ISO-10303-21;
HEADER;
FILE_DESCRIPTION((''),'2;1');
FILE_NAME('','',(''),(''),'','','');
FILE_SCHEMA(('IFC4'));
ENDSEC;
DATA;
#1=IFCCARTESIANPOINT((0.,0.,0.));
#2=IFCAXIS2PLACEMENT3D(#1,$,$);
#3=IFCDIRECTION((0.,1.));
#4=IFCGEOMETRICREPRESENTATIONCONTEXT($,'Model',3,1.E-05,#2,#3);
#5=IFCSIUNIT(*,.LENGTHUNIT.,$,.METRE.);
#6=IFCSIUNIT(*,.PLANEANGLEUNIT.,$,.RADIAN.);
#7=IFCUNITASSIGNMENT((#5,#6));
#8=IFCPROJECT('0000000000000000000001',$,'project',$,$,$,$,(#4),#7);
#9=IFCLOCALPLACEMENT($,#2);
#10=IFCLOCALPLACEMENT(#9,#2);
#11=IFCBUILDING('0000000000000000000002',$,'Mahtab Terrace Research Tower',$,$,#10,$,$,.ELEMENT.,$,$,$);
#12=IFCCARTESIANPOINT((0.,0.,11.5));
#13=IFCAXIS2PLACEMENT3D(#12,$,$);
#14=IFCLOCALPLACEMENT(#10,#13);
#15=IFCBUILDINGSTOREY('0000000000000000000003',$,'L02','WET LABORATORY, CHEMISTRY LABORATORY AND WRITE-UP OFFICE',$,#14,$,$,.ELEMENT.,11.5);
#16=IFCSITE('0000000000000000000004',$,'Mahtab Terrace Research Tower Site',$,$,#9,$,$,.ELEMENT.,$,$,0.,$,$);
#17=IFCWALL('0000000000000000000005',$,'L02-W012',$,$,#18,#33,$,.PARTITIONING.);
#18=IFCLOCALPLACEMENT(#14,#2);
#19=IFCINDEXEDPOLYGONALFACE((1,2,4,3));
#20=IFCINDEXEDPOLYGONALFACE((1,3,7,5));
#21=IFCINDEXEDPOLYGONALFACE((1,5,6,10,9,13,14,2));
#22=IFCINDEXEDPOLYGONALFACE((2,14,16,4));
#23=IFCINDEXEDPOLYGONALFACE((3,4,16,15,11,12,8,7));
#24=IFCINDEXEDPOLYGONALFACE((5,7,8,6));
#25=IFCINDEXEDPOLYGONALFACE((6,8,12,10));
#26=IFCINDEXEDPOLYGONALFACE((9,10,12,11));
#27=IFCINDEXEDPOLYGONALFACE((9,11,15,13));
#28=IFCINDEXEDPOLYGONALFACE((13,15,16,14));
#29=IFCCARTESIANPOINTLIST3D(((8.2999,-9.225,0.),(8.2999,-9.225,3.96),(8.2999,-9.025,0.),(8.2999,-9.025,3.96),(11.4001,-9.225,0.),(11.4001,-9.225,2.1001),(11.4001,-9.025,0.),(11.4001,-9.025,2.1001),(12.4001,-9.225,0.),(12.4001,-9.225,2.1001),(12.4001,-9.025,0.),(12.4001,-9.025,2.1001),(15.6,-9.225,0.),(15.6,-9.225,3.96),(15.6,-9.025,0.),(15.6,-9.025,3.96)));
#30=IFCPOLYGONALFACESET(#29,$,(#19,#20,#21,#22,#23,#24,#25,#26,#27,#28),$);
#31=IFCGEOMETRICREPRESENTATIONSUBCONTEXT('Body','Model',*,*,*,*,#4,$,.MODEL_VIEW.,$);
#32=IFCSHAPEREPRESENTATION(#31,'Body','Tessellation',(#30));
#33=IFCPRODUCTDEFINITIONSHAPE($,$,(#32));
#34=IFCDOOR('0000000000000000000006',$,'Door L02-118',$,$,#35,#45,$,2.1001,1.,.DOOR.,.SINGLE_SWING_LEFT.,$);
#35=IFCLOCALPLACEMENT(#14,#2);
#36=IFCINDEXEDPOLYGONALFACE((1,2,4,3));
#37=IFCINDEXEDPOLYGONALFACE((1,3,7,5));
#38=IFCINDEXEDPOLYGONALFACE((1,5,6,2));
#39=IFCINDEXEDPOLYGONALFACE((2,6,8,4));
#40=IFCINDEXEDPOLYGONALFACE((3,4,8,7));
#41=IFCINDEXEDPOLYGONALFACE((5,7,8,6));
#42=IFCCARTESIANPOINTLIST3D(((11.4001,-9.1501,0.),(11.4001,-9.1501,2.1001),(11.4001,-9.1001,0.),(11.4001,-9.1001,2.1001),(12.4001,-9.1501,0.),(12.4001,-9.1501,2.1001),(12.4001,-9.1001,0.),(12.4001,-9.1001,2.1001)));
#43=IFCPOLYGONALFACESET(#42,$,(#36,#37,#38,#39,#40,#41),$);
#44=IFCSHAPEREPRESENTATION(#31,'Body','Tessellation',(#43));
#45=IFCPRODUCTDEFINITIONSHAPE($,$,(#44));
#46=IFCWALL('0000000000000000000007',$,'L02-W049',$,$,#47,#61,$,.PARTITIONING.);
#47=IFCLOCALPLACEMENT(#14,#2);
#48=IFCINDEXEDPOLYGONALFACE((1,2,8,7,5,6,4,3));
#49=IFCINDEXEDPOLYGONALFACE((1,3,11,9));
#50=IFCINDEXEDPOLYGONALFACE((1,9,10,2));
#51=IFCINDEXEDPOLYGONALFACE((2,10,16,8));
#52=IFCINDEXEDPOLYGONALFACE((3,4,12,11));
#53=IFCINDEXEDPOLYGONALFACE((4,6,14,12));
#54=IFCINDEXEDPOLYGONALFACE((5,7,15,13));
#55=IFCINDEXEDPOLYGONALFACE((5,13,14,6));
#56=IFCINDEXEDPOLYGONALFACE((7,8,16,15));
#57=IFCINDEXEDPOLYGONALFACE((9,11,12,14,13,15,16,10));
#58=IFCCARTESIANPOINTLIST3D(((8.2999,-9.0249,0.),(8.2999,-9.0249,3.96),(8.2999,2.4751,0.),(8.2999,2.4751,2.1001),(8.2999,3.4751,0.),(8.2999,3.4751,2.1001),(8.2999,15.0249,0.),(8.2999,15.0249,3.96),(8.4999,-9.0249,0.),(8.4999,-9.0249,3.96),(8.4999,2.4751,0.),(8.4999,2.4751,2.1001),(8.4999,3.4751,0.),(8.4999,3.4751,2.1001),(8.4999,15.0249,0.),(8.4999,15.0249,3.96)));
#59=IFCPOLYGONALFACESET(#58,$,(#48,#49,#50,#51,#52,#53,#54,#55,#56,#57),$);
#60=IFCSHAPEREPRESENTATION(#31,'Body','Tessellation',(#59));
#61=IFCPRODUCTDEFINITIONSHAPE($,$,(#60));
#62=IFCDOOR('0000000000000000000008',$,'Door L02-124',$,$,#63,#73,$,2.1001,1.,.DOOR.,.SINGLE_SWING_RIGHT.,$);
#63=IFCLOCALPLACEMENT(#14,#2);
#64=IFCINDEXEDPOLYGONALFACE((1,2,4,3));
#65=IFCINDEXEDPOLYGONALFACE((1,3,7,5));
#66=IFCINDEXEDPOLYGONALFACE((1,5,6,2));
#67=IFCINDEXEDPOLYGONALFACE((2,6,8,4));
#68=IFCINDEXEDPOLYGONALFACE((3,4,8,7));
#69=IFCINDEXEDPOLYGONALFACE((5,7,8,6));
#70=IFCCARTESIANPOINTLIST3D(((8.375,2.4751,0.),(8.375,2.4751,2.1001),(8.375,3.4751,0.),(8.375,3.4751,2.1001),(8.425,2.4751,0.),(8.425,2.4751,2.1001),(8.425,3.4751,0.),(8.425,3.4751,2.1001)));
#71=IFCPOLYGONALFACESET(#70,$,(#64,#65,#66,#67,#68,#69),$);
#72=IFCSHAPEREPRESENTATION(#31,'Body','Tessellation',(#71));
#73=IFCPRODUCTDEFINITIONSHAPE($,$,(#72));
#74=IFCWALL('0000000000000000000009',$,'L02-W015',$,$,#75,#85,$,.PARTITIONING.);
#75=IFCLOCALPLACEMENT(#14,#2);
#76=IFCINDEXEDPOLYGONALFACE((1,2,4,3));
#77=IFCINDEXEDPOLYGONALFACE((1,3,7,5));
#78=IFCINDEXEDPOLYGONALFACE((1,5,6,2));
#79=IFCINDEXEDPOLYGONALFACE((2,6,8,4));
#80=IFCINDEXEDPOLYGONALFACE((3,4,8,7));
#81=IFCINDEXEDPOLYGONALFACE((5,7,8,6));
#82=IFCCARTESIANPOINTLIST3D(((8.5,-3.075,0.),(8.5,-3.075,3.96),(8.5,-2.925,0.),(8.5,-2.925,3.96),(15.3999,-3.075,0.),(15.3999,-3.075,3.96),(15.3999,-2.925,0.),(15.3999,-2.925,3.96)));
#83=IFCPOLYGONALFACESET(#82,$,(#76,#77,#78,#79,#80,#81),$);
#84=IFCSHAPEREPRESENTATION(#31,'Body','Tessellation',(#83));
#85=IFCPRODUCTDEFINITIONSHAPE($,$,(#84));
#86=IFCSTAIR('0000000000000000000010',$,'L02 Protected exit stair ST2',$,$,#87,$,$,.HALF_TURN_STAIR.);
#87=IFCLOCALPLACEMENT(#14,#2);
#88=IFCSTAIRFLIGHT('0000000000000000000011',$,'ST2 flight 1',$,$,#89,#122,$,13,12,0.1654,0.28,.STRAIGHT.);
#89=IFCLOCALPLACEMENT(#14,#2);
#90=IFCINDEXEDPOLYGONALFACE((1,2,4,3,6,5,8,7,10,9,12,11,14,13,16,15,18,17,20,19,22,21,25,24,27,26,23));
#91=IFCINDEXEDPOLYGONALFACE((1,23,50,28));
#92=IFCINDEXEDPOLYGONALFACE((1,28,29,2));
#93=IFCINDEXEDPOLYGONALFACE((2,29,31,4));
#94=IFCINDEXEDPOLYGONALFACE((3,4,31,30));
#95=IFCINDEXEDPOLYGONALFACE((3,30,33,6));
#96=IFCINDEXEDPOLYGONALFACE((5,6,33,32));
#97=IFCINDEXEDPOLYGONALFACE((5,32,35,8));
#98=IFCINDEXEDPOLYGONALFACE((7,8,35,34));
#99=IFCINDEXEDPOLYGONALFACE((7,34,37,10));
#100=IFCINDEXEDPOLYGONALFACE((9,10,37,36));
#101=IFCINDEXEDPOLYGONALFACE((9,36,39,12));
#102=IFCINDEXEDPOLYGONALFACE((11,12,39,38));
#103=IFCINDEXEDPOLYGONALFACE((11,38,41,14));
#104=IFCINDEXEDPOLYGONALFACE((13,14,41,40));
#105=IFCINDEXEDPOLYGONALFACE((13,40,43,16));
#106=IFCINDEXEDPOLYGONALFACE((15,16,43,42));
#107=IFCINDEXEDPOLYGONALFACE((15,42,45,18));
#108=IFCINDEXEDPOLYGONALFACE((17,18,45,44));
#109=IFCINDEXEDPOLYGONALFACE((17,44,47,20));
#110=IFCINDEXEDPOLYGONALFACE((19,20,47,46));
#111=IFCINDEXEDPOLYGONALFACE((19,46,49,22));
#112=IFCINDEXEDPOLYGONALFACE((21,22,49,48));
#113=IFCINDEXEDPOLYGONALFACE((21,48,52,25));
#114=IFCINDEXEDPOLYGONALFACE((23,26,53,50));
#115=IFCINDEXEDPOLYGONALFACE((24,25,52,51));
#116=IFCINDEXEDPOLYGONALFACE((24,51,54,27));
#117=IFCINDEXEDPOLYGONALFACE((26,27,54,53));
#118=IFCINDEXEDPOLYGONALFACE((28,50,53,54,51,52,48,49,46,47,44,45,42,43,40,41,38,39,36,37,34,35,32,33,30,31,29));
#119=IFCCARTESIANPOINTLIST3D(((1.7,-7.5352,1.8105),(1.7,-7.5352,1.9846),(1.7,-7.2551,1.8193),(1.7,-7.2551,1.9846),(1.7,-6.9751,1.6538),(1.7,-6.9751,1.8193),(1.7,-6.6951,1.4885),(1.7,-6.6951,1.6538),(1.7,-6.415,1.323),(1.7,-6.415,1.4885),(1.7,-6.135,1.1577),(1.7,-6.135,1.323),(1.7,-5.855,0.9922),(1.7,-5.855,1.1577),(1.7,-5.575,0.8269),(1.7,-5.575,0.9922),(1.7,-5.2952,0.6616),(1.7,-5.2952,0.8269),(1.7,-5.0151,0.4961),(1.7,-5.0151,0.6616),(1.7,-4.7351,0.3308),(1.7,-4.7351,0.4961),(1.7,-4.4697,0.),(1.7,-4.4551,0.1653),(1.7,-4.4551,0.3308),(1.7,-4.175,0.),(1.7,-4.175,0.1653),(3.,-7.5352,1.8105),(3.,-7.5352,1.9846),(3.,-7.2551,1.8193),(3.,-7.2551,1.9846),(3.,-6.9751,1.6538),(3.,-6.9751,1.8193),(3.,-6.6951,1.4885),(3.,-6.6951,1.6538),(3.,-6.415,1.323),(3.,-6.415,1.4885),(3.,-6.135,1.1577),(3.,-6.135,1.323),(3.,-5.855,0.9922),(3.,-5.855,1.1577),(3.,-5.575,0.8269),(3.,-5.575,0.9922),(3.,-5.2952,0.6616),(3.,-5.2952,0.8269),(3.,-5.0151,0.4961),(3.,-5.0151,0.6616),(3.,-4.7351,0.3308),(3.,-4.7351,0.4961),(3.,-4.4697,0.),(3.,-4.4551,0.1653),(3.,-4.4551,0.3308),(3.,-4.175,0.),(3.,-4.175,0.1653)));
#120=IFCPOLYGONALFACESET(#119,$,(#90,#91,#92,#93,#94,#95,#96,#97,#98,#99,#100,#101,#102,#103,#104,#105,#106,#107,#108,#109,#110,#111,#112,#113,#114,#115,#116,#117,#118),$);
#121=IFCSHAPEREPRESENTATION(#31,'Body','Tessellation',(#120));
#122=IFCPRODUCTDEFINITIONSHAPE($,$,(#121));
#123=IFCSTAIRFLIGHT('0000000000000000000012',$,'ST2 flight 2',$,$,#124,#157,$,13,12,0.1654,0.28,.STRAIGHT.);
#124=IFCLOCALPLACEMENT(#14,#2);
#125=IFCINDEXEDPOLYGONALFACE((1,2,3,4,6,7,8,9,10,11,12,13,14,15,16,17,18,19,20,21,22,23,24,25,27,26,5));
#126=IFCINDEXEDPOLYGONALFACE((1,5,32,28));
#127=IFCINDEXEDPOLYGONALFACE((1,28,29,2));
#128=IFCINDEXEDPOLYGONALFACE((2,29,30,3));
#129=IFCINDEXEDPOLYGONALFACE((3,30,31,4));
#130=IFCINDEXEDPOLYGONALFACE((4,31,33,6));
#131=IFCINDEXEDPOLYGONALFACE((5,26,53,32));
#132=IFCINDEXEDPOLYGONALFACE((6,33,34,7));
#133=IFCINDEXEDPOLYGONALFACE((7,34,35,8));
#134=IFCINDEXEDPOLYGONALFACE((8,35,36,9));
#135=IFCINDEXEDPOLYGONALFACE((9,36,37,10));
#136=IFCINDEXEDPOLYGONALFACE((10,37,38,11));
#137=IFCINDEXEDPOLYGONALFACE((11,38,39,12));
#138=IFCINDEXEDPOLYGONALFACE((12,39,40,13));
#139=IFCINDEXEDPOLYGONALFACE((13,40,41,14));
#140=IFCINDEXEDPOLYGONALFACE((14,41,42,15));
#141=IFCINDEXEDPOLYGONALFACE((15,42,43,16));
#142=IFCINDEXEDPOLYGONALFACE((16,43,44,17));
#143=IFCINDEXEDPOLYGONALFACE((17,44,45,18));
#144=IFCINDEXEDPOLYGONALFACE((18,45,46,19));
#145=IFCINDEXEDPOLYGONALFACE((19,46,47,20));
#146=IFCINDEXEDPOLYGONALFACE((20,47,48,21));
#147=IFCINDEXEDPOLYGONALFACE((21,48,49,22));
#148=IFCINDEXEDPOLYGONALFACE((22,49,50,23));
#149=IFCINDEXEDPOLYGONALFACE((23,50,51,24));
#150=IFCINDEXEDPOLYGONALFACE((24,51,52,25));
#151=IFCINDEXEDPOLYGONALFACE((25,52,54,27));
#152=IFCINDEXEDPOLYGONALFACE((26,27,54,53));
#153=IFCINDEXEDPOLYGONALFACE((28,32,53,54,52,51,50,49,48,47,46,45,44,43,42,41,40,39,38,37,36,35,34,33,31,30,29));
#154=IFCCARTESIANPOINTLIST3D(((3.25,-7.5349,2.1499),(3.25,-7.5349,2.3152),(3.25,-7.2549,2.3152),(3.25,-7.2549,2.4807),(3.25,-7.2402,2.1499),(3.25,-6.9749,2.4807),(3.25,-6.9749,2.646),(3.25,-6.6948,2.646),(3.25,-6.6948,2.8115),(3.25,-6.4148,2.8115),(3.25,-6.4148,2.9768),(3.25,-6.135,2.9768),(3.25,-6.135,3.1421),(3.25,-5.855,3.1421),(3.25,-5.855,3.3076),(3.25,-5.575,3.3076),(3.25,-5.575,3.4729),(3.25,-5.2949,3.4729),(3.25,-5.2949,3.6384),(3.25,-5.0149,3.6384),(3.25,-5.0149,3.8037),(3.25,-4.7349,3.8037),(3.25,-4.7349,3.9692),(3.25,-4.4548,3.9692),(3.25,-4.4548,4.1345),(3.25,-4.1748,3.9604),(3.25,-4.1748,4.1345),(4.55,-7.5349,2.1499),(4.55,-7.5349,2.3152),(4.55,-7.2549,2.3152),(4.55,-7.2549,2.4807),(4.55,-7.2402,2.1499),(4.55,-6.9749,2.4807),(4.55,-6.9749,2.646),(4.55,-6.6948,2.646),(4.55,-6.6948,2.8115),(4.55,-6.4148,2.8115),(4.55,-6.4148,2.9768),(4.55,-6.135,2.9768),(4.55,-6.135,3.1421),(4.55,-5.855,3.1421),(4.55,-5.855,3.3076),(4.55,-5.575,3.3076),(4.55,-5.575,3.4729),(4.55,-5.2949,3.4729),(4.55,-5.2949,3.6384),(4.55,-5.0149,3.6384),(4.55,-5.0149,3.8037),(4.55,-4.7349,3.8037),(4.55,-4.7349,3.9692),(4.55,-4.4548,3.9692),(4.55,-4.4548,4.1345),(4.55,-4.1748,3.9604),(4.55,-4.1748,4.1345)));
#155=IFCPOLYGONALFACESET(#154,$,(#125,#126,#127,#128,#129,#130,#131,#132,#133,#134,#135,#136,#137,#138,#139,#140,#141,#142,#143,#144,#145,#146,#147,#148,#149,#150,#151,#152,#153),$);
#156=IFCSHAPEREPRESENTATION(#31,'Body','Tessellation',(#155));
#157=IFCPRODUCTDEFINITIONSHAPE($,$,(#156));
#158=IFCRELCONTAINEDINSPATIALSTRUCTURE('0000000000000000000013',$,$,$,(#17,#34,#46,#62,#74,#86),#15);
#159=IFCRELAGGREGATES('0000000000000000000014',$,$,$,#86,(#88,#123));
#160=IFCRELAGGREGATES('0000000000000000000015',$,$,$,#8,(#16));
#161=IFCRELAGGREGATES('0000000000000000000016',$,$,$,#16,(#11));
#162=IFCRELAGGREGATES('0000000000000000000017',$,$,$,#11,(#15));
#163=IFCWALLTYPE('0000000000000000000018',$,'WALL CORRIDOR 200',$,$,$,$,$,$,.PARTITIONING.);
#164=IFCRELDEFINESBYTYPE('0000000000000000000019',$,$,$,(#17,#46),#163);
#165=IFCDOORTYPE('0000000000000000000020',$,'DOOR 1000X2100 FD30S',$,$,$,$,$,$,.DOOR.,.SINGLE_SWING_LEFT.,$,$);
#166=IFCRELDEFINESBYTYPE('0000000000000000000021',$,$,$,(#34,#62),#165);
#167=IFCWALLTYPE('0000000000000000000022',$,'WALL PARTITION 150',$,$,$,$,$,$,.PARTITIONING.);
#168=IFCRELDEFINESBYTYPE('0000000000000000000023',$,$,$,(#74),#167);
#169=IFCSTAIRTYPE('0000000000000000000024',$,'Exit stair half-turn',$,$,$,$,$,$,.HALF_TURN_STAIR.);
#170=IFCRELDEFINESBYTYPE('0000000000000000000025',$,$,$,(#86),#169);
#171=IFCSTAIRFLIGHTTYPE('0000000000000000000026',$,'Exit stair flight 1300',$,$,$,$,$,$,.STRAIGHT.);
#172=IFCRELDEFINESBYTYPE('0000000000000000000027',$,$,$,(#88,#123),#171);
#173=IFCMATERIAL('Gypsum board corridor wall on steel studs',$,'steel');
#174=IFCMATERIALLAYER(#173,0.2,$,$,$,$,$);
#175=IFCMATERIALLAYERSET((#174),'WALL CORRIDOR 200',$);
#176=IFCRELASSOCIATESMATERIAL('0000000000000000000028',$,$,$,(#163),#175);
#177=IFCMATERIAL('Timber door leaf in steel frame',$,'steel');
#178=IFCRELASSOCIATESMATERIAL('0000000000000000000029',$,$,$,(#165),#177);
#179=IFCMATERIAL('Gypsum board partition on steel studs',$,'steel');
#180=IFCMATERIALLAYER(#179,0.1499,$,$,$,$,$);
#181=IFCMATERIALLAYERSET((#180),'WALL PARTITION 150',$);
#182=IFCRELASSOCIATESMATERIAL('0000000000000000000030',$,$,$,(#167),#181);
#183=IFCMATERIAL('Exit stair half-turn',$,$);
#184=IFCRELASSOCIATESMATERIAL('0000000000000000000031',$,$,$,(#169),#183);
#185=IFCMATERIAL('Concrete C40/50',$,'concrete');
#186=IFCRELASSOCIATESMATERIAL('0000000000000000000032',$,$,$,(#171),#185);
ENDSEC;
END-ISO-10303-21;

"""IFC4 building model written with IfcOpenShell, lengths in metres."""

from ifc_helpers import new_model, si_unit, direction, frame, frame_2d, origin, place, context, subcontext, project, spatial, polyline, rectangle, outline, extrude, material, layer, layer_set, type_object, element, fill, aggregate, save


model = new_model("IFC4")

# Units and contexts
model_context = context("Model", 3, precision=1e-05, world=origin(), true_north=direction((0.0, 1.0)))
body_context = subcontext(model_context, "Body", "Model", "MODEL_VIEW")
ifc_project = project(units=[si_unit("LENGTHUNIT", "METRE"), si_unit("PLANEANGLEUNIT", "RADIAN")], contexts=[model_context])

# Site, building, storey
site_placement = place(None, origin())
site = spatial("IfcSite", under=ifc_project, at=site_placement, Name="Mahtab Terrace Research Tower Site", CompositionType="ELEMENT", RefElevation=0.0)
building_placement = place(site_placement, origin())
building = spatial("IfcBuilding", under=site, at=building_placement, Name="Mahtab Terrace Research Tower", CompositionType="ELEMENT")
storey_placement = place(building_placement, frame((0.0, 0.0, 11.5)))
storey = spatial("IfcBuildingStorey", under=building, at=storey_placement, Name="L02", Description="WET LABORATORY, CHEMISTRY LABORATORY AND WRITE-UP OFFICE", CompositionType="ELEMENT", Elevation=11.5)

# Shared definitions
ifc_material_1 = material(Name="Gypsum board corridor wall on steel studs", Category="steel")
ifc_layer_1 = layer(ifc_material_1, 0.2)
ifc_layer_set_1 = layer_set([ifc_layer_1], Name="WALL CORRIDOR 200")
wall_type_1 = type_object("IfcWallType", Name="WALL CORRIDOR 200", PredefinedType="PARTITIONING", material=ifc_layer_set_1)
ifc_material_2 = material(Name="Timber door leaf in steel frame", Category="steel")

# Walls, openings, doors
wall_1_placement = place(storey_placement, frame((8.3, -9.125, 0.0), z_axis=(0.0, 0.0, 1.0), x_axis=(1.0, 0.0, 0.0)))
wall_1 = element("IfcWall", 1, at=wall_1_placement, inside=storey, type_object=wall_type_1, Name="L02-W012", PredefinedType="PARTITIONING", context=body_context, shape_type="SweptSolid", body=[
    extrude(rectangle(XDim=7.3, YDim=0.2, at=frame_2d((3.6499, 0.0))), origin(), (0.0, 0.0, 1.0), 3.96),
])
opening_1_placement = place(wall_1_placement, frame((3.1001, 0.0, 0.0)))
opening_1 = element("IfcOpeningElement", 2, at=opening_1_placement, cuts=wall_1, PredefinedType="OPENING", context=body_context, shape_type="SweptSolid", body=[
    extrude(rectangle(XDim=1.0, YDim=2.1001, at=frame_2d((0.5, 1.05))), frame((0.0, 0.1099, 0.0), z_axis=(0.0, -1.0, 0.0), x_axis=(1.0, 0.0, 0.0)), (0.0, 0.0, 1.0), 0.22),
])
door_type_1 = type_object("IfcDoorType", Name="DOOR 1000X2100 FD30S", OperationType="SINGLE_SWING_LEFT", PredefinedType="DOOR", material=ifc_material_2)
door_1_placement = place(opening_1_placement, origin())
door_1 = element("IfcDoor", 3, at=door_1_placement, inside=storey, type_object=door_type_1, Name="Door L02-118", OperationType="SINGLE_SWING_LEFT", OverallHeight=2.1001, OverallWidth=1.0, PredefinedType="DOOR", context=body_context, shape_type="SweptSolid", body=[
    extrude(rectangle(XDim=1.0, YDim=2.1001, at=frame_2d((0.5, 1.05))), frame((0.0, 0.0249, 0.0), z_axis=(0.0, -1.0, 0.0), x_axis=(1.0, 0.0, 0.0)), (0.0, 0.0, 1.0), 0.05),
])
fill(opening_1, door_1)
wall_2_placement = place(storey_placement, frame((8.3999, -9.0249, 0.0), z_axis=(0.0, 0.0, 1.0), x_axis=(0.0, 1.0, 0.0)))
wall_2 = element("IfcWall", 4, at=wall_2_placement, inside=storey, type_object=wall_type_1, Name="L02-W049", PredefinedType="PARTITIONING", context=body_context, shape_type="SweptSolid", body=[
    extrude(rectangle(XDim=24.0498, YDim=0.2, at=frame_2d((12.0249, 0.0))), origin(), (0.0, 0.0, 1.0), 3.96),
])
opening_2_placement = place(wall_2_placement, frame((11.5, 0.0, 0.0)))
opening_2 = element("IfcOpeningElement", 5, at=opening_2_placement, cuts=wall_2, PredefinedType="OPENING", context=body_context, shape_type="SweptSolid", body=[
    extrude(rectangle(XDim=1.0, YDim=2.1001, at=frame_2d((0.5, 1.05))), frame((0.0, 0.1099, 0.0), z_axis=(0.0, -1.0, 0.0), x_axis=(1.0, 0.0, 0.0)), (0.0, 0.0, 1.0), 0.22),
])
door_2_placement = place(opening_2_placement, origin())
door_2 = element("IfcDoor", 6, at=door_2_placement, inside=storey, type_object=door_type_1, Name="Door L02-124", OperationType="SINGLE_SWING_RIGHT", OverallHeight=2.1001, OverallWidth=1.0, PredefinedType="DOOR", context=body_context, shape_type="SweptSolid", body=[
    extrude(rectangle(XDim=1.0, YDim=2.1001, at=frame_2d((0.5, 1.05))), frame((0.0, 0.0249, 0.0), z_axis=(0.0, -1.0, 0.0), x_axis=(1.0, 0.0, 0.0)), (0.0, 0.0, 1.0), 0.05),
])
fill(opening_2, door_2)

# Wall
ifc_material_3 = material(Name="Gypsum board partition on steel studs", Category="steel")
ifc_layer_2 = layer(ifc_material_3, 0.1499)
ifc_layer_set_2 = layer_set([ifc_layer_2], Name="WALL PARTITION 150")
wall_type_2 = type_object("IfcWallType", Name="WALL PARTITION 150", PredefinedType="PARTITIONING", material=ifc_layer_set_2)
wall_3_placement = place(storey_placement, frame((8.5, -3.0, 0.0), z_axis=(0.0, 0.0, 1.0), x_axis=(1.0, 0.0, 0.0)))
element("IfcWall", 7, at=wall_3_placement, inside=storey, type_object=wall_type_2, Name="L02-W015", PredefinedType="PARTITIONING", context=body_context, shape_type="SweptSolid", body=[
    extrude(rectangle(XDim=6.8999, YDim=0.1499, at=frame_2d((3.45, 0.0))), origin(), (0.0, 0.0, 1.0), 3.96),
])

# Stair, stair flights
ifc_material_4 = material(Name="Exit stair half-turn")
stair_type = type_object("IfcStairType", Name="Exit stair half-turn", PredefinedType="HALF_TURN_STAIR", material=ifc_material_4)
stair_placement = place(storey_placement, origin())
stair = element("IfcStair", 8, at=stair_placement, inside=storey, type_object=stair_type, Name="L02 Protected exit stair ST2", PredefinedType="HALF_TURN_STAIR")
ifc_material_5 = material(Name="Concrete C40/50", Category="concrete")
stair_flight_type = type_object("IfcStairFlightType", Name="Exit stair flight 1300", PredefinedType="STRAIGHT", material=ifc_material_5)
stair_flight_1_placement = place(storey_placement, frame((2.3501, -4.175, 0.0), z_axis=(0.0, 0.0, 1.0), x_axis=(0.0, -1.0, 0.0)))
stair_flight_1 = element("IfcStairFlight", 9, at=stair_flight_1_placement, type_object=stair_flight_type, Name="ST2 flight 1", NumberOfRisers=13, NumberOfTreads=12, PredefinedType="STRAIGHT", RiserHeight=0.1654, TreadLength=0.28, context=body_context, shape_type="SweptSolid", body=[
    extrude(outline(polyline([(0.0, 0.0), (0.0, 0.1653), (0.28, 0.1653), (0.28, 0.3308), (0.5601, 0.3308), (0.5601, 0.4961), (0.8401, 0.4961), (0.8401, 0.6616), (1.1201, 0.6616), (1.1201, 0.8269), (1.3999, 0.8269), (1.3999, 0.9922), (1.6799, 0.9922), (1.6799, 1.1577), (1.96, 1.1577), (1.96, 1.323), (2.24, 1.323), (2.24, 1.4885), (2.52, 1.4885), (2.52, 1.6538), (2.8, 1.6538), (2.8, 1.8193), (3.0801, 1.8193), (3.0801, 1.9846), (3.3601, 1.9846), (3.3601, 2.1499), (3.3601, 1.8105), (0.2947, 0.0), (0.0, 0.0)])), frame((0.0, 0.6499, 0.0), z_axis=(0.0, -1.0, 0.0), x_axis=(1.0, 0.0, 0.0)), (0.0, 0.0, 1.0), 1.3),
])
stair_flight_2_placement = place(storey_placement, frame((3.8999, -7.5349, 2.1499), z_axis=(0.0, 0.0, 1.0), x_axis=(0.0, 1.0, 0.0)))
stair_flight_2 = element("IfcStairFlight", 10, at=stair_flight_2_placement, type_object=stair_flight_type, Name="ST2 flight 2", NumberOfRisers=13, NumberOfTreads=12, PredefinedType="STRAIGHT", RiserHeight=0.1654, TreadLength=0.28, context=body_context, shape_type="SweptSolid", body=[
    extrude(outline(polyline([(0.0, 0.0), (0.0, 0.1653), (0.28, 0.1653), (0.28, 0.3308), (0.5601, 0.3308), (0.5601, 0.4961), (0.8401, 0.4961), (0.8401, 0.6616), (1.1201, 0.6616), (1.1201, 0.8269), (1.3999, 0.8269), (1.3999, 0.9922), (1.6799, 0.9922), (1.6799, 1.1577), (1.96, 1.1577), (1.96, 1.323), (2.24, 1.323), (2.24, 1.4885), (2.52, 1.4885), (2.52, 1.6538), (2.8, 1.6538), (2.8, 1.8193), (3.0801, 1.8193), (3.0801, 1.9846), (3.3601, 1.9846), (3.3601, 2.1499), (3.3601, 1.8105), (0.2947, 0.0), (0.0, 0.0)])), frame((0.0, 0.6499, 0.0), z_axis=(0.0, -1.0, 0.0), x_axis=(1.0, 0.0, 0.0)), (0.0, 0.0, 1.0), 1.3),
])
aggregate(stair, [stair_flight_1, stair_flight_2])

save(model, "model.ifc")
